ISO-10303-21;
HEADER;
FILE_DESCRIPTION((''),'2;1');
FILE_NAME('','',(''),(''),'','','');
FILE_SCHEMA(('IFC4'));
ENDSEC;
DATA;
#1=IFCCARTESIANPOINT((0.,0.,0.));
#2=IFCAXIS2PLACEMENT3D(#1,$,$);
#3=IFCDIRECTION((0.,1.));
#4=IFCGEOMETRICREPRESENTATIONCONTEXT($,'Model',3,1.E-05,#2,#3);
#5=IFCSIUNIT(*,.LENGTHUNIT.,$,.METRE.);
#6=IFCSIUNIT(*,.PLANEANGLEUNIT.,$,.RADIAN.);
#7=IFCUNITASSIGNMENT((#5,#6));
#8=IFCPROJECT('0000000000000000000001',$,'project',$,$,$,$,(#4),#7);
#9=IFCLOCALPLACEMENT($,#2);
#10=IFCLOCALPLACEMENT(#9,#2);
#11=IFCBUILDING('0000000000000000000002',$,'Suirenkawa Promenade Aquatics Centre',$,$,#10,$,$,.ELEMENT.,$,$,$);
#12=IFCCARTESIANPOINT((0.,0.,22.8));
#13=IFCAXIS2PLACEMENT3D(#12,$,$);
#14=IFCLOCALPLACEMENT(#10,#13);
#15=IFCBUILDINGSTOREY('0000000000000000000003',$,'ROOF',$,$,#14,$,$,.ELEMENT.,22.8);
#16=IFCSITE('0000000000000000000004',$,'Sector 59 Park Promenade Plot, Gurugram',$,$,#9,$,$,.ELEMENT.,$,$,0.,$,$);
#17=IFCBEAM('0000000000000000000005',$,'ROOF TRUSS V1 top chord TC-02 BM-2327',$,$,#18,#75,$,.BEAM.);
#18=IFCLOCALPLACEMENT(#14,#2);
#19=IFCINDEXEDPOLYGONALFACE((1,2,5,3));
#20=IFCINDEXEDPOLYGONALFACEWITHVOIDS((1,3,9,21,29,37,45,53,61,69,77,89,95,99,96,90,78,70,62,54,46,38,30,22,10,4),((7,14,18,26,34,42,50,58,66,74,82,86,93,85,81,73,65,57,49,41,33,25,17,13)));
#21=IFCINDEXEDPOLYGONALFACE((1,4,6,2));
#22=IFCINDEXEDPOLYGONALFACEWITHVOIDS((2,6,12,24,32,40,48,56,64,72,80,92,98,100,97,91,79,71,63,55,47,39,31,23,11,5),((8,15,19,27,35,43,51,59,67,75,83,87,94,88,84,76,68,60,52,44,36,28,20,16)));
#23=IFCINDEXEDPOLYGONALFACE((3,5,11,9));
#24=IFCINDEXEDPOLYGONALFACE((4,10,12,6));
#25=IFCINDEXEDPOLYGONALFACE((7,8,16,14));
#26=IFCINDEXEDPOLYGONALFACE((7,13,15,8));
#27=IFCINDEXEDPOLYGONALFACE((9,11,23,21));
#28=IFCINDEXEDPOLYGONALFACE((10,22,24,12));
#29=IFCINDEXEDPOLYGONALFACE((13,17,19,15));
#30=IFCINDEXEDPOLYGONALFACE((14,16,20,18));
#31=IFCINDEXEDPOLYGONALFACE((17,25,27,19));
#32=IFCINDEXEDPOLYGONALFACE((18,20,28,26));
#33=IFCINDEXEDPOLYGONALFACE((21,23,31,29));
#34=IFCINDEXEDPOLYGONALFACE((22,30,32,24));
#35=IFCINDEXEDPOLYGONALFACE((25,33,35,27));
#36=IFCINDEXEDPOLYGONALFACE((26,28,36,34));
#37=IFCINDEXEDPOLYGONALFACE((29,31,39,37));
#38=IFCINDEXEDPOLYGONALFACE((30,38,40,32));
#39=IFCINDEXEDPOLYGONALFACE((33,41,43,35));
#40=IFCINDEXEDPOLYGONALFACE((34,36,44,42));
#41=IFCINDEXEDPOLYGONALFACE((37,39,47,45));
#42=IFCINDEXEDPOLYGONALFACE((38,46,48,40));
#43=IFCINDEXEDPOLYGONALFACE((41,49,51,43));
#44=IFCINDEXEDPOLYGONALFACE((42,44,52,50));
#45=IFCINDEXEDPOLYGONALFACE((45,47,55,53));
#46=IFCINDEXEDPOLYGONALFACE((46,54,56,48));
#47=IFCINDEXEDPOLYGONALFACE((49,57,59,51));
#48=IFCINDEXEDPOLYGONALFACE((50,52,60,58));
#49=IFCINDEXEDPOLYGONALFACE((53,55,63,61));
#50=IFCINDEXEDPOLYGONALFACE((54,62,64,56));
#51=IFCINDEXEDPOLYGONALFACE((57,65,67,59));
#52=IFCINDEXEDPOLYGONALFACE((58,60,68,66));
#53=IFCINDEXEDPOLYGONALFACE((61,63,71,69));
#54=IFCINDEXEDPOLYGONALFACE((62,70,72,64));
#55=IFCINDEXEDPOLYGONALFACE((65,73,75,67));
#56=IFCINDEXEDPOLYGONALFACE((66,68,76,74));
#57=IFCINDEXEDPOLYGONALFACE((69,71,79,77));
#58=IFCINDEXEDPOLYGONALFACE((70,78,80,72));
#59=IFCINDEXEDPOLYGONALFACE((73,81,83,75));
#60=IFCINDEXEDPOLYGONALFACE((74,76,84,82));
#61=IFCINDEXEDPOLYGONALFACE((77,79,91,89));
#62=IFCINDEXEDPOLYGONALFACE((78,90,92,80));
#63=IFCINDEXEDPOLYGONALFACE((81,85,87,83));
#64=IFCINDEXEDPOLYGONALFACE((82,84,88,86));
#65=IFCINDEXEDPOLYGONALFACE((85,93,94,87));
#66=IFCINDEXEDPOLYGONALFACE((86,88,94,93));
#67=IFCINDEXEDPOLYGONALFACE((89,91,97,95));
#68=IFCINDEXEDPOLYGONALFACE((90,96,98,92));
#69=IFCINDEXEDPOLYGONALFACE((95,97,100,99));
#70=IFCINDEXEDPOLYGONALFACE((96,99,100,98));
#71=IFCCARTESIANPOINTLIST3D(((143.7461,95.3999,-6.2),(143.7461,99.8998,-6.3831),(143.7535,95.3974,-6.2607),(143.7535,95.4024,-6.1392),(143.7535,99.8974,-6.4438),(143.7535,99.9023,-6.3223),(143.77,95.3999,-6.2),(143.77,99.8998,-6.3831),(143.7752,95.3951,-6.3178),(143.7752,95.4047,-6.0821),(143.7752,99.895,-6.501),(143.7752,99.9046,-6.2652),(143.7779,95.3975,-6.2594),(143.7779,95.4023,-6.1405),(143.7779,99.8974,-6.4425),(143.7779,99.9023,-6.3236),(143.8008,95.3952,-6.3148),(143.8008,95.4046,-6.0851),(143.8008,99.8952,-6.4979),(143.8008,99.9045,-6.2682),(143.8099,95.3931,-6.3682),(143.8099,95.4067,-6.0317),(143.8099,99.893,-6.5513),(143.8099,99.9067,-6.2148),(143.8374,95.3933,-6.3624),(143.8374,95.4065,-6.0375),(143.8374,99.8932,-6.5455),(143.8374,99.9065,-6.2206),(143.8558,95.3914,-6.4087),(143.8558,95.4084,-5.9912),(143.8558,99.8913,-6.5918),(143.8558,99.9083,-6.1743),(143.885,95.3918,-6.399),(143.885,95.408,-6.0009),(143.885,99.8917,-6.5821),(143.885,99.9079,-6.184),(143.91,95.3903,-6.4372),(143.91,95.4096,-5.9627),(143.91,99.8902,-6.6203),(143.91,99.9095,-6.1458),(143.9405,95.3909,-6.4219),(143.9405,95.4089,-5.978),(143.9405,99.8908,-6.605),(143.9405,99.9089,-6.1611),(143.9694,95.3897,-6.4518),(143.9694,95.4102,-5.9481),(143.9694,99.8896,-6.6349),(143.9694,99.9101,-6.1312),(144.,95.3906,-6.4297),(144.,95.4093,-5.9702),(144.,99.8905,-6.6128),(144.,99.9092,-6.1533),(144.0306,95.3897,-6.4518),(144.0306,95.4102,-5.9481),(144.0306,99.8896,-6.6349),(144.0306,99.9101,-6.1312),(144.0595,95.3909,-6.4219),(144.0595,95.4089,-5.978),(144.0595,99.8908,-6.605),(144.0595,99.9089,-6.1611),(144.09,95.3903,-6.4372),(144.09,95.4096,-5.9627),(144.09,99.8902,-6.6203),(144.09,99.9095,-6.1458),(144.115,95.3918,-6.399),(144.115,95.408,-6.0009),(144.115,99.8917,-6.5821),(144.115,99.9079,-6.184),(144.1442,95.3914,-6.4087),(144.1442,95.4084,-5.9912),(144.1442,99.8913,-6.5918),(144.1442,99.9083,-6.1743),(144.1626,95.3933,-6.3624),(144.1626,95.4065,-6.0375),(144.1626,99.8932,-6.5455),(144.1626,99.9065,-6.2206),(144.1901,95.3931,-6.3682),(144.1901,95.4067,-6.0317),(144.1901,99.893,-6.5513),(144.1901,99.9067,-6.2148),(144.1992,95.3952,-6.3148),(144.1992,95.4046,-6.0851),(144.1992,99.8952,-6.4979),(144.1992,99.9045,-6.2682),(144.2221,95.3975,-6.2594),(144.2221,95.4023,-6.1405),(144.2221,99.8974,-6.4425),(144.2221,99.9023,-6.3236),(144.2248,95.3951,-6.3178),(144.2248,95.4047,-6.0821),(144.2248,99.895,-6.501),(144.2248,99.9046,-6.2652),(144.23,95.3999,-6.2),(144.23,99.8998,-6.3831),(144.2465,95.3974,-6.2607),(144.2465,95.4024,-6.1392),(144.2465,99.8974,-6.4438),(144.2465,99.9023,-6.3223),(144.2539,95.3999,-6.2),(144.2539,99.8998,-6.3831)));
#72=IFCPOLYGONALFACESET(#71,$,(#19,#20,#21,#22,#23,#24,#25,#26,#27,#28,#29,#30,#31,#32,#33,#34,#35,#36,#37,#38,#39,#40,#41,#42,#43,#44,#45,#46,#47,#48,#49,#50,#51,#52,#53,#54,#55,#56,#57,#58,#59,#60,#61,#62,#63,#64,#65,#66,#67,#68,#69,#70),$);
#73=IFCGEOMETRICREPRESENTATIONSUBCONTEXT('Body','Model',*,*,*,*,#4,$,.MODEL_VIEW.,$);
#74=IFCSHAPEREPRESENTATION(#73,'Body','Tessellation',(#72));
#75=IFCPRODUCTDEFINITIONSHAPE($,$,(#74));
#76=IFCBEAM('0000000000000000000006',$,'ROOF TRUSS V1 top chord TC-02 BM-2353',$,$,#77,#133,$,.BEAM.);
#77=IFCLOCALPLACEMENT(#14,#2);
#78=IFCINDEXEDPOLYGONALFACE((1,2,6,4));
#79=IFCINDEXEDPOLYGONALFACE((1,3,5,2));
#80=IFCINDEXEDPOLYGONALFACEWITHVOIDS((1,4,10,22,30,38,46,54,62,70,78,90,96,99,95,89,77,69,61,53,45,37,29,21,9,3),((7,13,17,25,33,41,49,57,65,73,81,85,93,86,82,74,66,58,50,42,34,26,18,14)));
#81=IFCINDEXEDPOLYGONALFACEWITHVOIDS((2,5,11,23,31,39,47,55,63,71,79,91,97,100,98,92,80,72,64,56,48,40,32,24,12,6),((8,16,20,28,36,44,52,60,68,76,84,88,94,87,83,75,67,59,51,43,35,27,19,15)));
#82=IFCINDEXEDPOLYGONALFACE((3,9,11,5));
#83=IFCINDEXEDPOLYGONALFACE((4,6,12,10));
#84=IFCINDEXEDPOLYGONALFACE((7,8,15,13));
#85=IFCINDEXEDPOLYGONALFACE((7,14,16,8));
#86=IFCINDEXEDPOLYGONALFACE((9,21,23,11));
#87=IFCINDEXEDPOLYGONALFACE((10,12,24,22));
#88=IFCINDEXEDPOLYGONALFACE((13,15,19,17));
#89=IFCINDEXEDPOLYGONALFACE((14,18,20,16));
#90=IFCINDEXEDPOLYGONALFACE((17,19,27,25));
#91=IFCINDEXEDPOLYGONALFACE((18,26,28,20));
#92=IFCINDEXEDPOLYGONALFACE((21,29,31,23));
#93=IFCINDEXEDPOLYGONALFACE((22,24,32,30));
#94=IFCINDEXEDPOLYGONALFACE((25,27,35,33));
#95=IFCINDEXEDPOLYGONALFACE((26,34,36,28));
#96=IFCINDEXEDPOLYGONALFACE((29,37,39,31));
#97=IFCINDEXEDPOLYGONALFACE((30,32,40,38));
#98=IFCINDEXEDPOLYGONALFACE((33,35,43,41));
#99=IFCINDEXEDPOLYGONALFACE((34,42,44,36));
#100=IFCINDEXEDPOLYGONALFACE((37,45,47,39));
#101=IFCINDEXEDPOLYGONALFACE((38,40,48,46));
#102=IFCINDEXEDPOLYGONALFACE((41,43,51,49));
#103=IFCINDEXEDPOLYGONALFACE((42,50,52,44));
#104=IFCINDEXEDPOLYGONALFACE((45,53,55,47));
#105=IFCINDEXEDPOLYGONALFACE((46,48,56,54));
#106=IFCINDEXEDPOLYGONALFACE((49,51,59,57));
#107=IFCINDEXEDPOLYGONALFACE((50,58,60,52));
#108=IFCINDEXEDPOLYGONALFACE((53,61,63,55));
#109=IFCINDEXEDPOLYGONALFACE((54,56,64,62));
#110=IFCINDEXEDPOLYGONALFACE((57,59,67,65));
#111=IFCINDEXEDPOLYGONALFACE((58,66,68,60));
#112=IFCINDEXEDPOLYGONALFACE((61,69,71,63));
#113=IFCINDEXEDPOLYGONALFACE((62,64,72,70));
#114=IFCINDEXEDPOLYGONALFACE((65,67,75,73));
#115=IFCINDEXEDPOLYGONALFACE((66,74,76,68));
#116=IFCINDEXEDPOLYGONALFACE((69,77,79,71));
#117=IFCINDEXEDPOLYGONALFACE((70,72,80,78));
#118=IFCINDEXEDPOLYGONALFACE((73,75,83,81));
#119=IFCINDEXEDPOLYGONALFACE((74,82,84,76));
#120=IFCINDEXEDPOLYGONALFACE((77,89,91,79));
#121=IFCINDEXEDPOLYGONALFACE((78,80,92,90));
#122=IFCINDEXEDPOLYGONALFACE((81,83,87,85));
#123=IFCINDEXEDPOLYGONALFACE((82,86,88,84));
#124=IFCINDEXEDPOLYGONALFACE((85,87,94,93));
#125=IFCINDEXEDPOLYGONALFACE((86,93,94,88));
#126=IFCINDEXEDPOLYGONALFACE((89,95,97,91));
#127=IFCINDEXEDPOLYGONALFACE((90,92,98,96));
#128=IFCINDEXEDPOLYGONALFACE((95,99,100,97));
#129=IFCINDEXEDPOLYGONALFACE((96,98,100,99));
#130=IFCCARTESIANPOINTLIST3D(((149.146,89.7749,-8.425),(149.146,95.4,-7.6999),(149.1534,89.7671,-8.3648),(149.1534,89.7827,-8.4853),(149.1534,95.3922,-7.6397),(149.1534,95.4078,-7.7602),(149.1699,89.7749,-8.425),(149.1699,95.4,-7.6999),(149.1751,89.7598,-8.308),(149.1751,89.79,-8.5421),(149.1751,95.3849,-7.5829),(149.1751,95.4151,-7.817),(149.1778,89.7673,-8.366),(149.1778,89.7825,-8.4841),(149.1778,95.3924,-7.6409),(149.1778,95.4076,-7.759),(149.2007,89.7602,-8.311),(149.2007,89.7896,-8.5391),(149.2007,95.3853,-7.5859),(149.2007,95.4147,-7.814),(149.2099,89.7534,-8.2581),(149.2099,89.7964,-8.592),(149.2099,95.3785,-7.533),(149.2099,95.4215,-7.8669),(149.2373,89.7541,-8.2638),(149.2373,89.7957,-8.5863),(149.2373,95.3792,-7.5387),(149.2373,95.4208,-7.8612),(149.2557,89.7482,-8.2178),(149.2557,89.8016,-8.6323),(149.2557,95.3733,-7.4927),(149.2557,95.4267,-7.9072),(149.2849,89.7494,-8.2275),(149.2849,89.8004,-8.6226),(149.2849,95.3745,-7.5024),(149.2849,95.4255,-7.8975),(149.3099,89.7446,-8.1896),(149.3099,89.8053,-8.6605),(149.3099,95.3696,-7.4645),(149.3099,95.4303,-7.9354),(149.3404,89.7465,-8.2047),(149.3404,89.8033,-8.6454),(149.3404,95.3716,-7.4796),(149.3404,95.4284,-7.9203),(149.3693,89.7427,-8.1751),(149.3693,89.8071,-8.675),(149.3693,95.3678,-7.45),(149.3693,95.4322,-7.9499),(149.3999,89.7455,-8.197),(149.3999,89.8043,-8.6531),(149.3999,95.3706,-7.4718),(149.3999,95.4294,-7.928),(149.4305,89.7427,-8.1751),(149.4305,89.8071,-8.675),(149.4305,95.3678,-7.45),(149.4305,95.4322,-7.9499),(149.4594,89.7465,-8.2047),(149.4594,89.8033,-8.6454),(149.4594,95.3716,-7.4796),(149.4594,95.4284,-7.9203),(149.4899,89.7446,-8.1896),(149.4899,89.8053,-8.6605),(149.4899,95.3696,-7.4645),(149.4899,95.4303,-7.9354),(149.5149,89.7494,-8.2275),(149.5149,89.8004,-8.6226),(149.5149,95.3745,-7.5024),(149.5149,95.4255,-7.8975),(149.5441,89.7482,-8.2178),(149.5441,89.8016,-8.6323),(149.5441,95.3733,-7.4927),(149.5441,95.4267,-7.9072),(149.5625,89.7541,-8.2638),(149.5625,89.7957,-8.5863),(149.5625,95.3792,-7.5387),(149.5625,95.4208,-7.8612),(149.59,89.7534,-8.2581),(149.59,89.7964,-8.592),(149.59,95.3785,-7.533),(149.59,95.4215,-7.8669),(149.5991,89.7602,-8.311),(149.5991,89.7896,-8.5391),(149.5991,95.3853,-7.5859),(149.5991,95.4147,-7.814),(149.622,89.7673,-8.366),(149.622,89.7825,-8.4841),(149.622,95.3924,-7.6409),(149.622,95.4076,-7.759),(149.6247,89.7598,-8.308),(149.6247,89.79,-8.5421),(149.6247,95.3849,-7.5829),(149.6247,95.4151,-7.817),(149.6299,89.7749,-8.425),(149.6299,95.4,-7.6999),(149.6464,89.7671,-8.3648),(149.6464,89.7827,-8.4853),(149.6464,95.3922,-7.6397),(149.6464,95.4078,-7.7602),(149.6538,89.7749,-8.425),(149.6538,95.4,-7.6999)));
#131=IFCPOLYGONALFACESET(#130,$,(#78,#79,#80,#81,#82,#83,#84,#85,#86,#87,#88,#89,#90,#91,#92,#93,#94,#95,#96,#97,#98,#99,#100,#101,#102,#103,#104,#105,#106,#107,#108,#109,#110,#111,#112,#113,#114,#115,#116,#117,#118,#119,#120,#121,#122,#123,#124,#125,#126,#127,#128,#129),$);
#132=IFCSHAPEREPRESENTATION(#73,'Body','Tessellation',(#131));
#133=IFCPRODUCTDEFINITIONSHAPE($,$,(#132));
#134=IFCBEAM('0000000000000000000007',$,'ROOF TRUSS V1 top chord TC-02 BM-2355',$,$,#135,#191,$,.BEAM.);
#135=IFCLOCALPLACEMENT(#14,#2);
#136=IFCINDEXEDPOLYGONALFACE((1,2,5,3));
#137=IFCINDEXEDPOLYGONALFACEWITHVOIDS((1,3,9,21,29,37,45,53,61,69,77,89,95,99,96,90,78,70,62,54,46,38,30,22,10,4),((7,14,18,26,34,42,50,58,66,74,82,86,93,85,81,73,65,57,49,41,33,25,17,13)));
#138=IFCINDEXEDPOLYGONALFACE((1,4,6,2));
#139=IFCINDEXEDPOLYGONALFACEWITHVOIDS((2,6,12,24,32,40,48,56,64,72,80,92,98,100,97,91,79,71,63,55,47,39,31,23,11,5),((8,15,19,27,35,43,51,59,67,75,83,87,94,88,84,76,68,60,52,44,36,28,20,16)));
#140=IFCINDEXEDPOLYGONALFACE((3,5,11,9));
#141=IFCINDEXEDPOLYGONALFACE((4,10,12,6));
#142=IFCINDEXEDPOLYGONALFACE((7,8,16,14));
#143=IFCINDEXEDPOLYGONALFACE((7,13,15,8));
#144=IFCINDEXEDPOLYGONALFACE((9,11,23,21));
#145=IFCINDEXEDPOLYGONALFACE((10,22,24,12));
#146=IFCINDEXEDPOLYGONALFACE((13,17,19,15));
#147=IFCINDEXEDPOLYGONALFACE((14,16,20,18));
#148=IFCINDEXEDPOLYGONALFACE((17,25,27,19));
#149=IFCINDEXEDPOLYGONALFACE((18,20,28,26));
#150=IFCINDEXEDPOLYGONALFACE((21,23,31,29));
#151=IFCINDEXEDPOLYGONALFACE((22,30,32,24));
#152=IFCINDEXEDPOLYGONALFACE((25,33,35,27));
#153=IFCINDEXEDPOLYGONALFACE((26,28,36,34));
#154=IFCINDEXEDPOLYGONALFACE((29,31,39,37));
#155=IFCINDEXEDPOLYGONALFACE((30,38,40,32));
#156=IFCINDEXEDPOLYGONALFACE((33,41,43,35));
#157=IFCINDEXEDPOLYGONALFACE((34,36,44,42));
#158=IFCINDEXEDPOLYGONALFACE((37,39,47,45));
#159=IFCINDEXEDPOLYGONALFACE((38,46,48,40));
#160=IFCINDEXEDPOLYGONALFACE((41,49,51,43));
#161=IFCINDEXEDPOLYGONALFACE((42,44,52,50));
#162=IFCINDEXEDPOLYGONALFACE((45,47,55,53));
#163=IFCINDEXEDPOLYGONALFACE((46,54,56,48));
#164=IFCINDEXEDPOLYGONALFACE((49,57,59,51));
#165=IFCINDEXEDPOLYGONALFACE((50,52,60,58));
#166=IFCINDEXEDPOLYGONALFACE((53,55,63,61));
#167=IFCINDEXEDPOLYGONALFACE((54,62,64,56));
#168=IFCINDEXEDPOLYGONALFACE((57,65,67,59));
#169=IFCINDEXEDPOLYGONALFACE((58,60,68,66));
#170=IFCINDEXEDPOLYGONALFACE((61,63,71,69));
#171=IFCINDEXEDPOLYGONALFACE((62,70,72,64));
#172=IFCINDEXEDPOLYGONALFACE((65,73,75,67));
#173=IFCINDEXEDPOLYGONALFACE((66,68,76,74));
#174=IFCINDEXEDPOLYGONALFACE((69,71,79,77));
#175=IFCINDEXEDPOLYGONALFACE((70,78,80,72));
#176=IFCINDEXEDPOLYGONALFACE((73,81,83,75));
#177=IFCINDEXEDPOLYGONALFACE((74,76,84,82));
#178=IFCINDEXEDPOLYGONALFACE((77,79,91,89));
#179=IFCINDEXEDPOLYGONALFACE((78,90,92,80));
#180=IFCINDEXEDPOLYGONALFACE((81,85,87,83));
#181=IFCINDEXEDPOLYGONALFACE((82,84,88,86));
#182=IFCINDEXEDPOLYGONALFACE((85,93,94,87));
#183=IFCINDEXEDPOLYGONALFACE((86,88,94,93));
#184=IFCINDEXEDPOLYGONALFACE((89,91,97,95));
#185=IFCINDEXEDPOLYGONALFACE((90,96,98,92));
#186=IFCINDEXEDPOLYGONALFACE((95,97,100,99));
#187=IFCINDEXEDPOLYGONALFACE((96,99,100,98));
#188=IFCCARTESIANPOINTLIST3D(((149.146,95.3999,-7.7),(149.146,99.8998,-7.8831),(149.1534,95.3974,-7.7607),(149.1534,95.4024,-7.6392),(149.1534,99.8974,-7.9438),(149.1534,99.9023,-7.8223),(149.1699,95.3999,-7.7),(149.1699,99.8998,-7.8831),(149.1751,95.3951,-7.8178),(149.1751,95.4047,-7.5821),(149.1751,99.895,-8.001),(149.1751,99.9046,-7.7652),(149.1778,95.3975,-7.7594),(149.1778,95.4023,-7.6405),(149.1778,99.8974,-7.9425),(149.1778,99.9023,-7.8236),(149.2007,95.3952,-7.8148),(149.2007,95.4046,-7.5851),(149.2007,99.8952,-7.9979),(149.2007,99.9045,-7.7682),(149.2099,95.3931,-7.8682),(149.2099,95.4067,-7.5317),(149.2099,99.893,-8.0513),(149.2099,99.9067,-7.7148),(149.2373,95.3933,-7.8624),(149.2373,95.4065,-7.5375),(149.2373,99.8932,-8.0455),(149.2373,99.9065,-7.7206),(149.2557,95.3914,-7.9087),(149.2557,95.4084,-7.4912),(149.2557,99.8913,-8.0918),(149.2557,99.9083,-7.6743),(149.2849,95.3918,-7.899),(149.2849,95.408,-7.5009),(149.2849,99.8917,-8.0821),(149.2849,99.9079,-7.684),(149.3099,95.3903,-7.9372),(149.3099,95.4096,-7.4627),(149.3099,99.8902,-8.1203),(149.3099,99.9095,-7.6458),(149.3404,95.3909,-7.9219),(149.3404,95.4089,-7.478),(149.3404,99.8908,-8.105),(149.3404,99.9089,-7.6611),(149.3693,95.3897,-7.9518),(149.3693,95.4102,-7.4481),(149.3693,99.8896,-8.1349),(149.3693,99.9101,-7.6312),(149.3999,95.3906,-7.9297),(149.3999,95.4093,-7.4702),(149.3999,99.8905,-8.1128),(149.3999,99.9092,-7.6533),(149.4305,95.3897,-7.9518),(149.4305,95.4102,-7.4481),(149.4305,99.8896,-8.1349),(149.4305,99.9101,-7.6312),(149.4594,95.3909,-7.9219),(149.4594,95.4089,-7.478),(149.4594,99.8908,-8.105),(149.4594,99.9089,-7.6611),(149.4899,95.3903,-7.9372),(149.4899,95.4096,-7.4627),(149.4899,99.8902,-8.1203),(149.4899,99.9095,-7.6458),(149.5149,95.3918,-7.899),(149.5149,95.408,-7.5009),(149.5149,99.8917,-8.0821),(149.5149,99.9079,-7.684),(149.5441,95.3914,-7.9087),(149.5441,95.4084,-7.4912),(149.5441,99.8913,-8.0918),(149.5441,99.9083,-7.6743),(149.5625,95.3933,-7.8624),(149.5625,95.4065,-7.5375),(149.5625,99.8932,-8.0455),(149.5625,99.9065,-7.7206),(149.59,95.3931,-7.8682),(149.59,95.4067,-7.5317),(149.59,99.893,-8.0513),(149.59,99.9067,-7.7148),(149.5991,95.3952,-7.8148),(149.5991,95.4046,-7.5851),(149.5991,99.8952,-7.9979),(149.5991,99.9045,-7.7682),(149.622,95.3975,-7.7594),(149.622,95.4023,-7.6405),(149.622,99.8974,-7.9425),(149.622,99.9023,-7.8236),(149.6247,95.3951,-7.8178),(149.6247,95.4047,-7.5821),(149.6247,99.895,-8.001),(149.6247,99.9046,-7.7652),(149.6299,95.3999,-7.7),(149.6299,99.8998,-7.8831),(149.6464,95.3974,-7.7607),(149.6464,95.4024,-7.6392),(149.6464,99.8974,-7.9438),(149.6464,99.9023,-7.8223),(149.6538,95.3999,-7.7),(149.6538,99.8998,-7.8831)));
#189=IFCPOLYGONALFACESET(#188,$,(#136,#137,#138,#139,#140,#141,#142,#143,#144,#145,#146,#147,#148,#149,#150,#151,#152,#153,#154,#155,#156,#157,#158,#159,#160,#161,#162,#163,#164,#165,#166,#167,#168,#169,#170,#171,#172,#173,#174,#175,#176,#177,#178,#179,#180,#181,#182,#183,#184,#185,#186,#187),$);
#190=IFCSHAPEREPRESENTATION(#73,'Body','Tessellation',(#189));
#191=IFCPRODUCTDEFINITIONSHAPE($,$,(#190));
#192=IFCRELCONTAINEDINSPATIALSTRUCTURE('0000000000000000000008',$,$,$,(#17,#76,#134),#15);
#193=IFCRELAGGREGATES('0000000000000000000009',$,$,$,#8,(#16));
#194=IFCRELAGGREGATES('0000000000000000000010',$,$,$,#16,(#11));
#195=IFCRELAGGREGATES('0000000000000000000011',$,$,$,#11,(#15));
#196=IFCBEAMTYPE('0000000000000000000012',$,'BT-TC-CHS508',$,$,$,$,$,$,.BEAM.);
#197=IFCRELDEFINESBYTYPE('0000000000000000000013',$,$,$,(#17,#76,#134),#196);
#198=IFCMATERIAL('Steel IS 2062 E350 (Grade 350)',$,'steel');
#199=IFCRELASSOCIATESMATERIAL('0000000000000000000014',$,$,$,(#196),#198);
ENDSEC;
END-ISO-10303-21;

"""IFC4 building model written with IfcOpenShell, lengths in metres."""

from ifc_helpers import new_model, si_unit, direction, frame, origin, origin_2d, place, context, subcontext, project, spatial, hollow_circle, extrude, material, material_profile, profile_set, type_object, element, save


model = new_model("IFC4")

# Units and contexts
model_context = context("Model", 3, precision=1e-05, world=origin(), true_north=direction((0.0, 1.0)))
body_context = subcontext(model_context, "Body", "Model", "MODEL_VIEW")
ifc_project = project(units=[si_unit("LENGTHUNIT", "METRE"), si_unit("PLANEANGLEUNIT", "RADIAN")], contexts=[model_context])

# Site, building, storey
site_placement = place(None, origin())
site = spatial("IfcSite", under=ifc_project, at=site_placement, Name="Sector 59 Park Promenade Plot, Gurugram", CompositionType="ELEMENT", RefElevation=0.0)
building_placement = place(site_placement, origin())
building = spatial("IfcBuilding", under=site, at=building_placement, Name="Suirenkawa Promenade Aquatics Centre", CompositionType="ELEMENT")
storey_placement = place(building_placement, frame((0.0, 0.0, 22.8)))
storey = spatial("IfcBuildingStorey", under=building, at=storey_placement, Name="ROOF", CompositionType="ELEMENT", Elevation=22.8)

# Beams
ifc_material = material(Name="Steel IS 2062 E350 (Grade 350)", Category="steel")
ifc_material_profile_1 = material_profile(ifc_material, hollow_circle(Radius=0.2539, WallThickness=0.0239, at=origin_2d()), Name="CHS 508x24", Category="steel")
ifc_profile_set_1 = profile_set([ifc_material_profile_1], Name="Steel IS 2062 E350 (Grade 350)")
beam_type_1 = type_object("IfcBeamType", Name="BT-TC-CHS508", PredefinedType="BEAM", material=ifc_profile_set_1)
beam_1_placement = place(storey_placement, frame((144.0, 95.3999, -6.2), z_axis=(0.0, 0.999173, -0.040656), x_axis=(-1.0, 0.0, 0.0)))
element("IfcBeam", 1, at=beam_1_placement, inside=storey, type_object=beam_type_1, Name="ROOF TRUSS V1 top chord TC-02 BM-2327", PredefinedType="BEAM", context=body_context, shape_type="SweptSolid", body=[
    extrude(hollow_circle(Radius=0.2539, WallThickness=0.0239, at=origin_2d()), origin(), (0.0, 0.0, 1.0), 4.5037),
])
beam_2_placement = place(storey_placement, frame((149.3999, 89.7749, -8.425), z_axis=(0.0, 0.991794, 0.127848), x_axis=(-1.0, 0.0, 0.0)))
element("IfcBeam", 2, at=beam_2_placement, inside=storey, type_object=beam_type_1, Name="ROOF TRUSS V1 top chord TC-02 BM-2353", PredefinedType="BEAM", context=body_context, shape_type="SweptSolid", body=[
    extrude(hollow_circle(Radius=0.2539, WallThickness=0.0239, at=origin_2d()), origin(), (0.0, 0.0, 1.0), 5.6716),
])
beam_3_placement = place(storey_placement, frame((149.3999, 95.3999, -7.7), z_axis=(0.0, 0.999173, -0.040656), x_axis=(-1.0, 0.0, 0.0)))
element("IfcBeam", 3, at=beam_3_placement, inside=storey, type_object=beam_type_1, Name="ROOF TRUSS V1 top chord TC-02 BM-2355", PredefinedType="BEAM", context=body_context, shape_type="SweptSolid", body=[
    extrude(hollow_circle(Radius=0.2539, WallThickness=0.0239, at=origin_2d()), origin(), (0.0, 0.0, 1.0), 4.5037),
])

save(model, "model.ifc")
